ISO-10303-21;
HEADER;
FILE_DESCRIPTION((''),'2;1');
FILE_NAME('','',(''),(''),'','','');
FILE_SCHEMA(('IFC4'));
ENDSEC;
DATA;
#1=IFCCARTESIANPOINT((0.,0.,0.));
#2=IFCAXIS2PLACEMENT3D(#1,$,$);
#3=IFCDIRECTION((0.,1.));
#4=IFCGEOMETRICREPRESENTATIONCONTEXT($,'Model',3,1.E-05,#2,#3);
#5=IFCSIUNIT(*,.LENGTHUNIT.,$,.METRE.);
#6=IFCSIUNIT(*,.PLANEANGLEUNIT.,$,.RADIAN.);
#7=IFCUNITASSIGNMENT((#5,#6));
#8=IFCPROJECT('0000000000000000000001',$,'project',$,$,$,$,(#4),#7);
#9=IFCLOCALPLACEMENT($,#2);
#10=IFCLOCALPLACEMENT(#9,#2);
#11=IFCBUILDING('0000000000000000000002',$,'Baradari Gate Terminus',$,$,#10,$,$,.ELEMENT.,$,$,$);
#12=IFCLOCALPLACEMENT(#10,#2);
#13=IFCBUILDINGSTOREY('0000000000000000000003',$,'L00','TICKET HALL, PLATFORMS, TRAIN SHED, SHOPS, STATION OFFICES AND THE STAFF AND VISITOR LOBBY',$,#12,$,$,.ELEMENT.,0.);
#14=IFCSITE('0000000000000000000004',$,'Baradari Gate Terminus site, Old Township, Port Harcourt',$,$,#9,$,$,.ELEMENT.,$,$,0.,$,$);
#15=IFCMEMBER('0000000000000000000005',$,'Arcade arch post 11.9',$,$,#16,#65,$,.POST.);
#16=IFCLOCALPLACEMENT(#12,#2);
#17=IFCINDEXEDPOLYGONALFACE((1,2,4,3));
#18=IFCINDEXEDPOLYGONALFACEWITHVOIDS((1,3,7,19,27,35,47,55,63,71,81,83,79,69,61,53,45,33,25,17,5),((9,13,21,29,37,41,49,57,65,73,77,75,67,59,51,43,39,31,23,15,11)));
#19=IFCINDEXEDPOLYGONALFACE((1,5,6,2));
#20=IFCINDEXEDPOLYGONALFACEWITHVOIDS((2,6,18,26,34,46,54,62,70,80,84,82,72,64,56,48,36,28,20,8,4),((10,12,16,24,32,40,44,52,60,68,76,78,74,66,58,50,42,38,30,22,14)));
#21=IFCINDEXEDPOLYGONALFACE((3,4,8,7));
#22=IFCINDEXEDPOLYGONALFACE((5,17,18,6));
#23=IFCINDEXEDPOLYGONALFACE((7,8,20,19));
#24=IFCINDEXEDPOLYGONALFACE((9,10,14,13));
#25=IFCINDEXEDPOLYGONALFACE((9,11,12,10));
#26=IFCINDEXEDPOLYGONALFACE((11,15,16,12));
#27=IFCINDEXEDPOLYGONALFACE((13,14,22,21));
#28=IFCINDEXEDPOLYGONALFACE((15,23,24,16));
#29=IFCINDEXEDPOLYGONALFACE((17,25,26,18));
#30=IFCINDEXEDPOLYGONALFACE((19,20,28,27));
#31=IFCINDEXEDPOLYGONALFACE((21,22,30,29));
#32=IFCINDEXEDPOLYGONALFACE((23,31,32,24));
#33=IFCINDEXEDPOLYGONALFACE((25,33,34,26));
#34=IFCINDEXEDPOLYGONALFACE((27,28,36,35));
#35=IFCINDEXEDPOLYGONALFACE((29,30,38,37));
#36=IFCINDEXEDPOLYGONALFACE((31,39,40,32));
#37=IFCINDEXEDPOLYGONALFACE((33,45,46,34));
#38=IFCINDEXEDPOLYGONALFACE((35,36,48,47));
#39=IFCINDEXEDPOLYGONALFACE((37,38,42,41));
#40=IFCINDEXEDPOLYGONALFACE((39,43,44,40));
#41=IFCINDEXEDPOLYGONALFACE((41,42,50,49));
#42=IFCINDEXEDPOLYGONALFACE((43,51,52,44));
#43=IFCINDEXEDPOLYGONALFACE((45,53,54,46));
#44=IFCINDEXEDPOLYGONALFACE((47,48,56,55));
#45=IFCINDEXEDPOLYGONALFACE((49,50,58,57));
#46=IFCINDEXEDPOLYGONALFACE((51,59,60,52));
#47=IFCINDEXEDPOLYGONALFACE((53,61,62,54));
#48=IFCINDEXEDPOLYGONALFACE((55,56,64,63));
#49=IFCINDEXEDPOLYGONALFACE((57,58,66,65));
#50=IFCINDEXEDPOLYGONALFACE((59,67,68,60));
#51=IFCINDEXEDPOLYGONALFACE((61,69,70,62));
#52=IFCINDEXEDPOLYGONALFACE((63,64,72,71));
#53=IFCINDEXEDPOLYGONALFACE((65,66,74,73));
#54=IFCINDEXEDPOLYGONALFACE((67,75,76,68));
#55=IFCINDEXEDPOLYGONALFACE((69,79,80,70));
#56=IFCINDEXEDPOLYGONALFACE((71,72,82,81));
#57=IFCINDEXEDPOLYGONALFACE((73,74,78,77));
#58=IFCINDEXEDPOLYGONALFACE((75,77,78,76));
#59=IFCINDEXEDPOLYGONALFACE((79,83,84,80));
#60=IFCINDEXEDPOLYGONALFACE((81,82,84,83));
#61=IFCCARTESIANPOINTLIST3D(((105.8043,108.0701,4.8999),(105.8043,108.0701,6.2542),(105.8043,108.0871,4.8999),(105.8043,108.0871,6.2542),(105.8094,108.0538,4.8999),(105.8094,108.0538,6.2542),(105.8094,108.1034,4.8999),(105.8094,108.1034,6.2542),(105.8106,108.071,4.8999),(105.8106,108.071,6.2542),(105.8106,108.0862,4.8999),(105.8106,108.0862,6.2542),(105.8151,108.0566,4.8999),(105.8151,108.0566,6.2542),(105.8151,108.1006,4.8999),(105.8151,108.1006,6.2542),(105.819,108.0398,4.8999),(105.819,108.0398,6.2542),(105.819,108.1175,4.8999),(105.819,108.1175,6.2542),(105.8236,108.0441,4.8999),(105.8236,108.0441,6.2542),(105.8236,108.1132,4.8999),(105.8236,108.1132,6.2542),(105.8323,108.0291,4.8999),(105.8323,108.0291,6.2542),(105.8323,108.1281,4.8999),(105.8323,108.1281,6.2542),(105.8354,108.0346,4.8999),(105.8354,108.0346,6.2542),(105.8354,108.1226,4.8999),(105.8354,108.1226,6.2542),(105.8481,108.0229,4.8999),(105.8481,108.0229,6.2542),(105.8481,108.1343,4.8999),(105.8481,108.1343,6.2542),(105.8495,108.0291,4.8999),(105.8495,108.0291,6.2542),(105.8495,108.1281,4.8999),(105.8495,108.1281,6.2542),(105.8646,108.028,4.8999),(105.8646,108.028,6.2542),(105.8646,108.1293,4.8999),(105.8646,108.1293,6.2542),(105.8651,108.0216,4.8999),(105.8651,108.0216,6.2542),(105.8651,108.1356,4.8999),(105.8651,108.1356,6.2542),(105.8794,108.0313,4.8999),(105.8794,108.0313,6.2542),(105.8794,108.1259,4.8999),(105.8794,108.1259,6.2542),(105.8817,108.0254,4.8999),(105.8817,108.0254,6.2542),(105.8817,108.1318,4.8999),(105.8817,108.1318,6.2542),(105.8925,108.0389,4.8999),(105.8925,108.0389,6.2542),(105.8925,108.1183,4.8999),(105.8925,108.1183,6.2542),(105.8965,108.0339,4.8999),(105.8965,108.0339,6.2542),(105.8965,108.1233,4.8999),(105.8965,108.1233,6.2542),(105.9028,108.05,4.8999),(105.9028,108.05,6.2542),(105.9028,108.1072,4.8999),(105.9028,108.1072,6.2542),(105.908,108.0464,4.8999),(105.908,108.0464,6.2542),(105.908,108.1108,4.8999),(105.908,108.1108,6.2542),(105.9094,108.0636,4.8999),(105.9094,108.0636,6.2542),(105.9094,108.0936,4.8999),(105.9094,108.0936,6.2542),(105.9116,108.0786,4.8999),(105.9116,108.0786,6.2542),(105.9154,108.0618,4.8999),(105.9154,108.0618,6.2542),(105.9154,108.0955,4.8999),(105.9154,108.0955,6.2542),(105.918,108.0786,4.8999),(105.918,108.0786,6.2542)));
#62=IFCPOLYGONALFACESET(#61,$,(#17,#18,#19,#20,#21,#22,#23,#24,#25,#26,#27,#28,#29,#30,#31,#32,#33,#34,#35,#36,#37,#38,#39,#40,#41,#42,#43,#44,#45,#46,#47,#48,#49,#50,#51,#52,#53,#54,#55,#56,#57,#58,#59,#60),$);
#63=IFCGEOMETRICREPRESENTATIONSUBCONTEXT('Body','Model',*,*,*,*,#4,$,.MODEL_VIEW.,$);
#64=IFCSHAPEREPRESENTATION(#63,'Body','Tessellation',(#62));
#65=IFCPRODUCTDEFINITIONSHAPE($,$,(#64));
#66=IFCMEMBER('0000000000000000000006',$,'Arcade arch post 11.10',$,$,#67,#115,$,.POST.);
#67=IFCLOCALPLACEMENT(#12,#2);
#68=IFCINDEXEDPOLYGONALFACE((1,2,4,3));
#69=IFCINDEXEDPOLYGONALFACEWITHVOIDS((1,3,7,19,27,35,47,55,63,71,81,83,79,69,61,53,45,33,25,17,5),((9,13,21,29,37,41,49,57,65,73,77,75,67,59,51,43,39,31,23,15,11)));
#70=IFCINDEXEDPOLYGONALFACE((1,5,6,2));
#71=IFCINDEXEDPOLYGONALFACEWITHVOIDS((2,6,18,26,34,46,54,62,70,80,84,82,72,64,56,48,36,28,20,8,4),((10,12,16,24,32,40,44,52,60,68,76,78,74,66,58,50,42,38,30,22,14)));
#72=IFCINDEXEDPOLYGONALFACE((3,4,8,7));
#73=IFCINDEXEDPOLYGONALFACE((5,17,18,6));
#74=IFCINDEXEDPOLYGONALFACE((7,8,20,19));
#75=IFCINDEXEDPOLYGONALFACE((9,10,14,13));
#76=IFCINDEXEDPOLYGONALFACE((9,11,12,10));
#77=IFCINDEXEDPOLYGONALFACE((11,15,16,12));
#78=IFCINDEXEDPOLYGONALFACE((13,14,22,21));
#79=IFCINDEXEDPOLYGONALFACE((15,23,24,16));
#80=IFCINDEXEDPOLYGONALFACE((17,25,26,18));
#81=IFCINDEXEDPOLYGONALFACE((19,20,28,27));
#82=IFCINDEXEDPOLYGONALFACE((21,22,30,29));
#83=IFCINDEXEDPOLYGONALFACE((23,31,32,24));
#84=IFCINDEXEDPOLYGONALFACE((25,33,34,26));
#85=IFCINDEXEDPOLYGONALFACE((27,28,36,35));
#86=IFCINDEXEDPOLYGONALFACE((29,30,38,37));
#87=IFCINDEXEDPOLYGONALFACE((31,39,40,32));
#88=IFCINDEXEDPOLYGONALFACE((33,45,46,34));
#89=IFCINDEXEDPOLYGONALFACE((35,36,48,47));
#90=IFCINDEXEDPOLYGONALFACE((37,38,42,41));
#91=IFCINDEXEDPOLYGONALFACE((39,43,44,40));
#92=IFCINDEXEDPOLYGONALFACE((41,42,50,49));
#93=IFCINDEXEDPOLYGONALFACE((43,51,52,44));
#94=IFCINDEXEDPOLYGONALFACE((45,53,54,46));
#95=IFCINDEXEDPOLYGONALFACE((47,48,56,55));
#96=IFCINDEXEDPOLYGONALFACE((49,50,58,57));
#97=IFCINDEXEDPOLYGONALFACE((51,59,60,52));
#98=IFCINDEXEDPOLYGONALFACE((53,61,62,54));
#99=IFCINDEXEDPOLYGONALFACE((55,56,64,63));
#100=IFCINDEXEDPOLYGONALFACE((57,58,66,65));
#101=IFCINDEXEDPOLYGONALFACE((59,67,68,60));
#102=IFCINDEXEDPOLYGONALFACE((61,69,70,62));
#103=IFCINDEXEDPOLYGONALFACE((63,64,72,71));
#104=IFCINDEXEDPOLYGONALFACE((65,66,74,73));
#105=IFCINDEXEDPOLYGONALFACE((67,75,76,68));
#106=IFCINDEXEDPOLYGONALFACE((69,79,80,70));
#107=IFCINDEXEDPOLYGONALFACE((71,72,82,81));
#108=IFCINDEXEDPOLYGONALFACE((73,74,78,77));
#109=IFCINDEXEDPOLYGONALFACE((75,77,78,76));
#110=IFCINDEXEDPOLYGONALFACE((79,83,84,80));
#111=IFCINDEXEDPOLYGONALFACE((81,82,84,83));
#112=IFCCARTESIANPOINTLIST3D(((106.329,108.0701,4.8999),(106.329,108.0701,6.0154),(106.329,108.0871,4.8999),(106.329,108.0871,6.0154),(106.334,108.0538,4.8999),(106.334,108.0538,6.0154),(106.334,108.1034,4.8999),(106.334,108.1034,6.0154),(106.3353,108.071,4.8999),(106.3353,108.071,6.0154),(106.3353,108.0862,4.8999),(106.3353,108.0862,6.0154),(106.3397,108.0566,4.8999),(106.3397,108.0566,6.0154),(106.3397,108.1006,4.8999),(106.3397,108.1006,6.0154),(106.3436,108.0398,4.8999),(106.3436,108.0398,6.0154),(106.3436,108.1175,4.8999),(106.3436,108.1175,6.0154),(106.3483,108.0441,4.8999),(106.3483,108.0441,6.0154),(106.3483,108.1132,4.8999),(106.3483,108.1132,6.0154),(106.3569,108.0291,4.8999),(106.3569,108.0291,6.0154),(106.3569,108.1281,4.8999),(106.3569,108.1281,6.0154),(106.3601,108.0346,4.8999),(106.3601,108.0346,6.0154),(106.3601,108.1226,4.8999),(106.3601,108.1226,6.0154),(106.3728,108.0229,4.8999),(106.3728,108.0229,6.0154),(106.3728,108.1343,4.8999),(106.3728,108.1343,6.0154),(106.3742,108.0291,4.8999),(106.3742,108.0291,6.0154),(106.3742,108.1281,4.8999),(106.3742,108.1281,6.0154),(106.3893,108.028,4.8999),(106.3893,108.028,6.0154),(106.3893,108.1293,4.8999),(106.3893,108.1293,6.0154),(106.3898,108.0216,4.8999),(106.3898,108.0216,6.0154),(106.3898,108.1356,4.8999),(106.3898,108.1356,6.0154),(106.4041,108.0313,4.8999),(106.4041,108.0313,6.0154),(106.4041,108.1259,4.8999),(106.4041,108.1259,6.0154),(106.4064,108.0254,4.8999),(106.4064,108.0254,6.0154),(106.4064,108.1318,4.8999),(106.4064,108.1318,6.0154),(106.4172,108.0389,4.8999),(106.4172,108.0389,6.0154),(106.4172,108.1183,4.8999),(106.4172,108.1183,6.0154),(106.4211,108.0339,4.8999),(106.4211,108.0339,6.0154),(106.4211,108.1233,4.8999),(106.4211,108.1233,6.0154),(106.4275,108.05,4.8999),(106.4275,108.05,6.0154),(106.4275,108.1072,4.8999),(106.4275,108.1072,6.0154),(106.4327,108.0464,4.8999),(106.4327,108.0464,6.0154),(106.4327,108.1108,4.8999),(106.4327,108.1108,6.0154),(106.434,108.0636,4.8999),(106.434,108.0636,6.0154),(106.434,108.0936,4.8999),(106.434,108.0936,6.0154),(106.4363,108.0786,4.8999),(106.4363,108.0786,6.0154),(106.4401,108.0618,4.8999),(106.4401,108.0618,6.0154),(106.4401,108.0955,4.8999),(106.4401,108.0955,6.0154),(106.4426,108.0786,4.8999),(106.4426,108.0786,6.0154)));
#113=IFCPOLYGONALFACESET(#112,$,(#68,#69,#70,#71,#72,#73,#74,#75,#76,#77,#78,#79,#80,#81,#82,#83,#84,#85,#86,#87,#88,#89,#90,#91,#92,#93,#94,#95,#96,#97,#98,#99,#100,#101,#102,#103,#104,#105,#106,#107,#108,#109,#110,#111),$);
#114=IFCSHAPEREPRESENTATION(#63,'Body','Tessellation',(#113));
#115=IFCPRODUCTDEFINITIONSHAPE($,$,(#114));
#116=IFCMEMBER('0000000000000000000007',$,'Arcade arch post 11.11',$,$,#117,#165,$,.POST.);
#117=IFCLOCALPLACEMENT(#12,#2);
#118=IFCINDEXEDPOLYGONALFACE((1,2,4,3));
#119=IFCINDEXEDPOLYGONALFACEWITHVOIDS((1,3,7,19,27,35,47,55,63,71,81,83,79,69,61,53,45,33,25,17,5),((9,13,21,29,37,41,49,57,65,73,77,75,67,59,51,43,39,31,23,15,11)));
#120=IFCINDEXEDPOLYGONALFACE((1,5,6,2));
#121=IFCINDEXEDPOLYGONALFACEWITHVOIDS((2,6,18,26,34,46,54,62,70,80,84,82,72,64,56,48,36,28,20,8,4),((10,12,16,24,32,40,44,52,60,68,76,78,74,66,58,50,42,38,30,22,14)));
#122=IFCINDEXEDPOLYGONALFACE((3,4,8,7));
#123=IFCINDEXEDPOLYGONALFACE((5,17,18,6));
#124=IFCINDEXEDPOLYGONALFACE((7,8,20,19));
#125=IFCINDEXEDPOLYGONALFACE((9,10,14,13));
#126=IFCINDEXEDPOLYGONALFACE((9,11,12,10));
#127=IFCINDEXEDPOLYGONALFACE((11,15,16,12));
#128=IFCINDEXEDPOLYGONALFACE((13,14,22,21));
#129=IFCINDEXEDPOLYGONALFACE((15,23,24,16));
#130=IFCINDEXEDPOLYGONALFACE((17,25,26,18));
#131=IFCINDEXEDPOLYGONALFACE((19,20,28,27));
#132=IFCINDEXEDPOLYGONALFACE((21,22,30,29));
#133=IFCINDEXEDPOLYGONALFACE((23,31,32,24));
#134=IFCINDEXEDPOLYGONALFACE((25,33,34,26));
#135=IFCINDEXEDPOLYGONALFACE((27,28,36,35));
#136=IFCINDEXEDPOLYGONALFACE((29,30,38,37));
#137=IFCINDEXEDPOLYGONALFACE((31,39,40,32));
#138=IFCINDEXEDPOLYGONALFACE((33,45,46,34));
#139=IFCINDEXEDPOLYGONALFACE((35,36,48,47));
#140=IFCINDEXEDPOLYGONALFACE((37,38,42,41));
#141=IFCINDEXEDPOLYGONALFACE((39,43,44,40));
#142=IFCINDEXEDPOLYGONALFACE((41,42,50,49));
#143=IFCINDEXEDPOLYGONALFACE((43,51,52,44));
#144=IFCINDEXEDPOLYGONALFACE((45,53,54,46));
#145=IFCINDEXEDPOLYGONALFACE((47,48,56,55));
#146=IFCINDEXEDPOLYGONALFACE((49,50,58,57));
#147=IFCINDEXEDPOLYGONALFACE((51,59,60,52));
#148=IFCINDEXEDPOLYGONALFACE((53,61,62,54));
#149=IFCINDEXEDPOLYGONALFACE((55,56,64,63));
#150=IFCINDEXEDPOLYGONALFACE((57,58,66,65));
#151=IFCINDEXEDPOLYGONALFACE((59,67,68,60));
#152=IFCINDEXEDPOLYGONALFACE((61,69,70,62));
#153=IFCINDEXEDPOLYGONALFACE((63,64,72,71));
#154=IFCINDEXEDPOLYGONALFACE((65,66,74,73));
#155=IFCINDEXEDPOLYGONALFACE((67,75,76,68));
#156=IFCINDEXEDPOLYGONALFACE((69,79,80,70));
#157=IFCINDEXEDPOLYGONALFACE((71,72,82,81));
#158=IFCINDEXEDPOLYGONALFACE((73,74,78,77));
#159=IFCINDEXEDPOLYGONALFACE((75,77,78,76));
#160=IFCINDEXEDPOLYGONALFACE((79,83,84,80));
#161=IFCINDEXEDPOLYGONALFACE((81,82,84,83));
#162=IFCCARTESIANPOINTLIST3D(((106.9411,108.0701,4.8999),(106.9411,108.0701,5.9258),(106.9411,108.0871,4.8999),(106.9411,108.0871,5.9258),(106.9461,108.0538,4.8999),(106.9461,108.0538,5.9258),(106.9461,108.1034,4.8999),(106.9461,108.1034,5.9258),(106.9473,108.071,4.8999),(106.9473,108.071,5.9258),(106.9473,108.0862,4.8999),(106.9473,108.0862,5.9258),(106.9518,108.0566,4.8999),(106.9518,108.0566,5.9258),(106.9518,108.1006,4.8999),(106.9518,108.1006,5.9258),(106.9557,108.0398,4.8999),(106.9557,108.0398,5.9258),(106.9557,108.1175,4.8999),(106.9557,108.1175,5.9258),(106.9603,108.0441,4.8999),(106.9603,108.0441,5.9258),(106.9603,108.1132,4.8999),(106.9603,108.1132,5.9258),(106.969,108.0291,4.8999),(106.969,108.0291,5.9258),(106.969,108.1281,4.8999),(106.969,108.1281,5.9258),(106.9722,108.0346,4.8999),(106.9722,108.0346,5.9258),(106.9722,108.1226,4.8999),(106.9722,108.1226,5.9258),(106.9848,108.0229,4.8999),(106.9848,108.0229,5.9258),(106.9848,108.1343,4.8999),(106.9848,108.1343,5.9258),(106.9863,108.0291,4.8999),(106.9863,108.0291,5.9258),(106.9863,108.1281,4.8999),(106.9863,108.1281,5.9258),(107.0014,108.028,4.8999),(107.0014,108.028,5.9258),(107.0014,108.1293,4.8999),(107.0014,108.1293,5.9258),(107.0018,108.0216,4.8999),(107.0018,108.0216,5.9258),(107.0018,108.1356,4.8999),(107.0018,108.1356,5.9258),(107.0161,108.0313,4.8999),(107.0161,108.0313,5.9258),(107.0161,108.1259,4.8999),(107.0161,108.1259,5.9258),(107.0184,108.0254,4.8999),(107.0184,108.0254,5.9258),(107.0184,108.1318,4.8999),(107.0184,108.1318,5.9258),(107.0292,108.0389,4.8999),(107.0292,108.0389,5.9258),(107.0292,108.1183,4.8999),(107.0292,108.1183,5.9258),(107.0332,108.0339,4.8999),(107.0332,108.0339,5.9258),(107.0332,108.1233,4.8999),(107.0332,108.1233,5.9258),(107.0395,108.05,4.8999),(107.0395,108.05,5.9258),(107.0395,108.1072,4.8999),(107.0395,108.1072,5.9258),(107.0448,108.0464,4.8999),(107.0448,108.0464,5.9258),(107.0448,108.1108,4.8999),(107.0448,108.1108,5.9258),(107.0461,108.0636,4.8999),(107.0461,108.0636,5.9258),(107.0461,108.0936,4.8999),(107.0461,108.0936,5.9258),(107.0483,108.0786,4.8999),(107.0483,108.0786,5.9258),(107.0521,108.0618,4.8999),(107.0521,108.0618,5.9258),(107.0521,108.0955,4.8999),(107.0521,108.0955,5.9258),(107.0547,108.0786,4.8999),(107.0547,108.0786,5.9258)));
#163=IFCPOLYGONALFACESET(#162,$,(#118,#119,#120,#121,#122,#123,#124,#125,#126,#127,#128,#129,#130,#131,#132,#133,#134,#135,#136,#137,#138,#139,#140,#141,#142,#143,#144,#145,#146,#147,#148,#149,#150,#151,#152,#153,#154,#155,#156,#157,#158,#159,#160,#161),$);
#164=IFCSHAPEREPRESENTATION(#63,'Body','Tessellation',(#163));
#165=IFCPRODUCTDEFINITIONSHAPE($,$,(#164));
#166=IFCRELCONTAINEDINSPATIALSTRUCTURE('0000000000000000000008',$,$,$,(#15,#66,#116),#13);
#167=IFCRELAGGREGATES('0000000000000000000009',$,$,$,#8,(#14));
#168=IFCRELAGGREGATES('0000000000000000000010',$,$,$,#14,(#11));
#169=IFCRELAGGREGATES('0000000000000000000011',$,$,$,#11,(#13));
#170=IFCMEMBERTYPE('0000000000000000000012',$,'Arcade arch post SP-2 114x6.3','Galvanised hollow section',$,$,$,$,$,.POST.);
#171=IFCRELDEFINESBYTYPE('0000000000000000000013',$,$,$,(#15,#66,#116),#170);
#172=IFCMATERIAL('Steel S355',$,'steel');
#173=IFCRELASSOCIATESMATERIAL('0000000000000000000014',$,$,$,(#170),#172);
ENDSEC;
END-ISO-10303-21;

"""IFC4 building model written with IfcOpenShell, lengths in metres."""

from ifc_helpers import new_model, si_unit, direction, frame, origin, origin_2d, place, context, subcontext, project, spatial, hollow_circle, extrude, material, material_profile, profile_set, type_object, element, save


model = new_model("IFC4")

# Units and contexts
model_context = context("Model", 3, precision=1e-05, world=origin(), true_north=direction((0.0, 1.0)))
body_context = subcontext(model_context, "Body", "Model", "MODEL_VIEW")
ifc_project = project(units=[si_unit("LENGTHUNIT", "METRE"), si_unit("PLANEANGLEUNIT", "RADIAN")], contexts=[model_context])

# Site, building, storey
site_placement = place(None, origin())
site = spatial("IfcSite", under=ifc_project, at=site_placement, Name="Baradari Gate Terminus site, Old Township, Port Harcourt", CompositionType="ELEMENT", RefElevation=0.0)
building_placement = place(site_placement, origin())
building = spatial("IfcBuilding", under=site, at=building_placement, Name="Baradari Gate Terminus", CompositionType="ELEMENT")
storey_placement = place(building_placement, origin())
storey = spatial("IfcBuildingStorey", under=building, at=storey_placement, Name="L00", Description="TICKET HALL, PLATFORMS, TRAIN SHED, SHOPS, STATION OFFICES AND THE STAFF AND VISITOR LOBBY", CompositionType="ELEMENT", Elevation=0.0)

# Members
ifc_material_1 = material(Name="Steel S355", Category="steel")
ifc_material_profile_1 = material_profile(ifc_material_1, hollow_circle(Radius=0.0571, WallThickness=0.0063, at=origin_2d()), Name="CHS 114.3x6.3")
ifc_profile_set_1 = profile_set([ifc_material_profile_1], Name="Steel S355")
member_type = type_object("IfcMemberType", Name="Arcade arch post SP-2 114x6.3", Description="Galvanised hollow section", PredefinedType="POST", material=ifc_profile_set_1)
member_1_placement = place(storey_placement, frame((105.8608, 108.0786, 4.8999), z_axis=(0.0, 0.0, 1.0), x_axis=(1.0, 0.0, 0.0)))
element("IfcMember", 1, at=member_1_placement, inside=storey, type_object=member_type, Name="Arcade arch post 11.9", PredefinedType="POST", context=body_context, shape_type="SweptSolid", body=[
    extrude(hollow_circle(Radius=0.0571, WallThickness=0.0063, at=origin_2d()), origin(), (0.0, 0.0, 1.0), 1.3542),
])
member_2_placement = place(storey_placement, frame((106.3855, 108.0786, 4.8999), z_axis=(0.0, 0.0, 1.0), x_axis=(1.0, 0.0, 0.0)))
element("IfcMember", 2, at=member_2_placement, inside=storey, type_object=member_type, Name="Arcade arch post 11.10", PredefinedType="POST", context=body_context, shape_type="SweptSolid", body=[
    extrude(hollow_circle(Radius=0.0571, WallThickness=0.0063, at=origin_2d()), origin(), (0.0, 0.0, 1.0), 1.1155),
])
member_3_placement = place(storey_placement, frame((106.9976, 108.0786, 4.8999), z_axis=(0.0, 0.0, 1.0), x_axis=(1.0, 0.0, 0.0)))
element("IfcMember", 3, at=member_3_placement, inside=storey, type_object=member_type, Name="Arcade arch post 11.11", PredefinedType="POST", context=body_context, shape_type="SweptSolid", body=[
    extrude(hollow_circle(Radius=0.0571, WallThickness=0.0063, at=origin_2d()), origin(), (0.0, 0.0, 1.0), 1.0259),
])

save(model, "model.ifc")
